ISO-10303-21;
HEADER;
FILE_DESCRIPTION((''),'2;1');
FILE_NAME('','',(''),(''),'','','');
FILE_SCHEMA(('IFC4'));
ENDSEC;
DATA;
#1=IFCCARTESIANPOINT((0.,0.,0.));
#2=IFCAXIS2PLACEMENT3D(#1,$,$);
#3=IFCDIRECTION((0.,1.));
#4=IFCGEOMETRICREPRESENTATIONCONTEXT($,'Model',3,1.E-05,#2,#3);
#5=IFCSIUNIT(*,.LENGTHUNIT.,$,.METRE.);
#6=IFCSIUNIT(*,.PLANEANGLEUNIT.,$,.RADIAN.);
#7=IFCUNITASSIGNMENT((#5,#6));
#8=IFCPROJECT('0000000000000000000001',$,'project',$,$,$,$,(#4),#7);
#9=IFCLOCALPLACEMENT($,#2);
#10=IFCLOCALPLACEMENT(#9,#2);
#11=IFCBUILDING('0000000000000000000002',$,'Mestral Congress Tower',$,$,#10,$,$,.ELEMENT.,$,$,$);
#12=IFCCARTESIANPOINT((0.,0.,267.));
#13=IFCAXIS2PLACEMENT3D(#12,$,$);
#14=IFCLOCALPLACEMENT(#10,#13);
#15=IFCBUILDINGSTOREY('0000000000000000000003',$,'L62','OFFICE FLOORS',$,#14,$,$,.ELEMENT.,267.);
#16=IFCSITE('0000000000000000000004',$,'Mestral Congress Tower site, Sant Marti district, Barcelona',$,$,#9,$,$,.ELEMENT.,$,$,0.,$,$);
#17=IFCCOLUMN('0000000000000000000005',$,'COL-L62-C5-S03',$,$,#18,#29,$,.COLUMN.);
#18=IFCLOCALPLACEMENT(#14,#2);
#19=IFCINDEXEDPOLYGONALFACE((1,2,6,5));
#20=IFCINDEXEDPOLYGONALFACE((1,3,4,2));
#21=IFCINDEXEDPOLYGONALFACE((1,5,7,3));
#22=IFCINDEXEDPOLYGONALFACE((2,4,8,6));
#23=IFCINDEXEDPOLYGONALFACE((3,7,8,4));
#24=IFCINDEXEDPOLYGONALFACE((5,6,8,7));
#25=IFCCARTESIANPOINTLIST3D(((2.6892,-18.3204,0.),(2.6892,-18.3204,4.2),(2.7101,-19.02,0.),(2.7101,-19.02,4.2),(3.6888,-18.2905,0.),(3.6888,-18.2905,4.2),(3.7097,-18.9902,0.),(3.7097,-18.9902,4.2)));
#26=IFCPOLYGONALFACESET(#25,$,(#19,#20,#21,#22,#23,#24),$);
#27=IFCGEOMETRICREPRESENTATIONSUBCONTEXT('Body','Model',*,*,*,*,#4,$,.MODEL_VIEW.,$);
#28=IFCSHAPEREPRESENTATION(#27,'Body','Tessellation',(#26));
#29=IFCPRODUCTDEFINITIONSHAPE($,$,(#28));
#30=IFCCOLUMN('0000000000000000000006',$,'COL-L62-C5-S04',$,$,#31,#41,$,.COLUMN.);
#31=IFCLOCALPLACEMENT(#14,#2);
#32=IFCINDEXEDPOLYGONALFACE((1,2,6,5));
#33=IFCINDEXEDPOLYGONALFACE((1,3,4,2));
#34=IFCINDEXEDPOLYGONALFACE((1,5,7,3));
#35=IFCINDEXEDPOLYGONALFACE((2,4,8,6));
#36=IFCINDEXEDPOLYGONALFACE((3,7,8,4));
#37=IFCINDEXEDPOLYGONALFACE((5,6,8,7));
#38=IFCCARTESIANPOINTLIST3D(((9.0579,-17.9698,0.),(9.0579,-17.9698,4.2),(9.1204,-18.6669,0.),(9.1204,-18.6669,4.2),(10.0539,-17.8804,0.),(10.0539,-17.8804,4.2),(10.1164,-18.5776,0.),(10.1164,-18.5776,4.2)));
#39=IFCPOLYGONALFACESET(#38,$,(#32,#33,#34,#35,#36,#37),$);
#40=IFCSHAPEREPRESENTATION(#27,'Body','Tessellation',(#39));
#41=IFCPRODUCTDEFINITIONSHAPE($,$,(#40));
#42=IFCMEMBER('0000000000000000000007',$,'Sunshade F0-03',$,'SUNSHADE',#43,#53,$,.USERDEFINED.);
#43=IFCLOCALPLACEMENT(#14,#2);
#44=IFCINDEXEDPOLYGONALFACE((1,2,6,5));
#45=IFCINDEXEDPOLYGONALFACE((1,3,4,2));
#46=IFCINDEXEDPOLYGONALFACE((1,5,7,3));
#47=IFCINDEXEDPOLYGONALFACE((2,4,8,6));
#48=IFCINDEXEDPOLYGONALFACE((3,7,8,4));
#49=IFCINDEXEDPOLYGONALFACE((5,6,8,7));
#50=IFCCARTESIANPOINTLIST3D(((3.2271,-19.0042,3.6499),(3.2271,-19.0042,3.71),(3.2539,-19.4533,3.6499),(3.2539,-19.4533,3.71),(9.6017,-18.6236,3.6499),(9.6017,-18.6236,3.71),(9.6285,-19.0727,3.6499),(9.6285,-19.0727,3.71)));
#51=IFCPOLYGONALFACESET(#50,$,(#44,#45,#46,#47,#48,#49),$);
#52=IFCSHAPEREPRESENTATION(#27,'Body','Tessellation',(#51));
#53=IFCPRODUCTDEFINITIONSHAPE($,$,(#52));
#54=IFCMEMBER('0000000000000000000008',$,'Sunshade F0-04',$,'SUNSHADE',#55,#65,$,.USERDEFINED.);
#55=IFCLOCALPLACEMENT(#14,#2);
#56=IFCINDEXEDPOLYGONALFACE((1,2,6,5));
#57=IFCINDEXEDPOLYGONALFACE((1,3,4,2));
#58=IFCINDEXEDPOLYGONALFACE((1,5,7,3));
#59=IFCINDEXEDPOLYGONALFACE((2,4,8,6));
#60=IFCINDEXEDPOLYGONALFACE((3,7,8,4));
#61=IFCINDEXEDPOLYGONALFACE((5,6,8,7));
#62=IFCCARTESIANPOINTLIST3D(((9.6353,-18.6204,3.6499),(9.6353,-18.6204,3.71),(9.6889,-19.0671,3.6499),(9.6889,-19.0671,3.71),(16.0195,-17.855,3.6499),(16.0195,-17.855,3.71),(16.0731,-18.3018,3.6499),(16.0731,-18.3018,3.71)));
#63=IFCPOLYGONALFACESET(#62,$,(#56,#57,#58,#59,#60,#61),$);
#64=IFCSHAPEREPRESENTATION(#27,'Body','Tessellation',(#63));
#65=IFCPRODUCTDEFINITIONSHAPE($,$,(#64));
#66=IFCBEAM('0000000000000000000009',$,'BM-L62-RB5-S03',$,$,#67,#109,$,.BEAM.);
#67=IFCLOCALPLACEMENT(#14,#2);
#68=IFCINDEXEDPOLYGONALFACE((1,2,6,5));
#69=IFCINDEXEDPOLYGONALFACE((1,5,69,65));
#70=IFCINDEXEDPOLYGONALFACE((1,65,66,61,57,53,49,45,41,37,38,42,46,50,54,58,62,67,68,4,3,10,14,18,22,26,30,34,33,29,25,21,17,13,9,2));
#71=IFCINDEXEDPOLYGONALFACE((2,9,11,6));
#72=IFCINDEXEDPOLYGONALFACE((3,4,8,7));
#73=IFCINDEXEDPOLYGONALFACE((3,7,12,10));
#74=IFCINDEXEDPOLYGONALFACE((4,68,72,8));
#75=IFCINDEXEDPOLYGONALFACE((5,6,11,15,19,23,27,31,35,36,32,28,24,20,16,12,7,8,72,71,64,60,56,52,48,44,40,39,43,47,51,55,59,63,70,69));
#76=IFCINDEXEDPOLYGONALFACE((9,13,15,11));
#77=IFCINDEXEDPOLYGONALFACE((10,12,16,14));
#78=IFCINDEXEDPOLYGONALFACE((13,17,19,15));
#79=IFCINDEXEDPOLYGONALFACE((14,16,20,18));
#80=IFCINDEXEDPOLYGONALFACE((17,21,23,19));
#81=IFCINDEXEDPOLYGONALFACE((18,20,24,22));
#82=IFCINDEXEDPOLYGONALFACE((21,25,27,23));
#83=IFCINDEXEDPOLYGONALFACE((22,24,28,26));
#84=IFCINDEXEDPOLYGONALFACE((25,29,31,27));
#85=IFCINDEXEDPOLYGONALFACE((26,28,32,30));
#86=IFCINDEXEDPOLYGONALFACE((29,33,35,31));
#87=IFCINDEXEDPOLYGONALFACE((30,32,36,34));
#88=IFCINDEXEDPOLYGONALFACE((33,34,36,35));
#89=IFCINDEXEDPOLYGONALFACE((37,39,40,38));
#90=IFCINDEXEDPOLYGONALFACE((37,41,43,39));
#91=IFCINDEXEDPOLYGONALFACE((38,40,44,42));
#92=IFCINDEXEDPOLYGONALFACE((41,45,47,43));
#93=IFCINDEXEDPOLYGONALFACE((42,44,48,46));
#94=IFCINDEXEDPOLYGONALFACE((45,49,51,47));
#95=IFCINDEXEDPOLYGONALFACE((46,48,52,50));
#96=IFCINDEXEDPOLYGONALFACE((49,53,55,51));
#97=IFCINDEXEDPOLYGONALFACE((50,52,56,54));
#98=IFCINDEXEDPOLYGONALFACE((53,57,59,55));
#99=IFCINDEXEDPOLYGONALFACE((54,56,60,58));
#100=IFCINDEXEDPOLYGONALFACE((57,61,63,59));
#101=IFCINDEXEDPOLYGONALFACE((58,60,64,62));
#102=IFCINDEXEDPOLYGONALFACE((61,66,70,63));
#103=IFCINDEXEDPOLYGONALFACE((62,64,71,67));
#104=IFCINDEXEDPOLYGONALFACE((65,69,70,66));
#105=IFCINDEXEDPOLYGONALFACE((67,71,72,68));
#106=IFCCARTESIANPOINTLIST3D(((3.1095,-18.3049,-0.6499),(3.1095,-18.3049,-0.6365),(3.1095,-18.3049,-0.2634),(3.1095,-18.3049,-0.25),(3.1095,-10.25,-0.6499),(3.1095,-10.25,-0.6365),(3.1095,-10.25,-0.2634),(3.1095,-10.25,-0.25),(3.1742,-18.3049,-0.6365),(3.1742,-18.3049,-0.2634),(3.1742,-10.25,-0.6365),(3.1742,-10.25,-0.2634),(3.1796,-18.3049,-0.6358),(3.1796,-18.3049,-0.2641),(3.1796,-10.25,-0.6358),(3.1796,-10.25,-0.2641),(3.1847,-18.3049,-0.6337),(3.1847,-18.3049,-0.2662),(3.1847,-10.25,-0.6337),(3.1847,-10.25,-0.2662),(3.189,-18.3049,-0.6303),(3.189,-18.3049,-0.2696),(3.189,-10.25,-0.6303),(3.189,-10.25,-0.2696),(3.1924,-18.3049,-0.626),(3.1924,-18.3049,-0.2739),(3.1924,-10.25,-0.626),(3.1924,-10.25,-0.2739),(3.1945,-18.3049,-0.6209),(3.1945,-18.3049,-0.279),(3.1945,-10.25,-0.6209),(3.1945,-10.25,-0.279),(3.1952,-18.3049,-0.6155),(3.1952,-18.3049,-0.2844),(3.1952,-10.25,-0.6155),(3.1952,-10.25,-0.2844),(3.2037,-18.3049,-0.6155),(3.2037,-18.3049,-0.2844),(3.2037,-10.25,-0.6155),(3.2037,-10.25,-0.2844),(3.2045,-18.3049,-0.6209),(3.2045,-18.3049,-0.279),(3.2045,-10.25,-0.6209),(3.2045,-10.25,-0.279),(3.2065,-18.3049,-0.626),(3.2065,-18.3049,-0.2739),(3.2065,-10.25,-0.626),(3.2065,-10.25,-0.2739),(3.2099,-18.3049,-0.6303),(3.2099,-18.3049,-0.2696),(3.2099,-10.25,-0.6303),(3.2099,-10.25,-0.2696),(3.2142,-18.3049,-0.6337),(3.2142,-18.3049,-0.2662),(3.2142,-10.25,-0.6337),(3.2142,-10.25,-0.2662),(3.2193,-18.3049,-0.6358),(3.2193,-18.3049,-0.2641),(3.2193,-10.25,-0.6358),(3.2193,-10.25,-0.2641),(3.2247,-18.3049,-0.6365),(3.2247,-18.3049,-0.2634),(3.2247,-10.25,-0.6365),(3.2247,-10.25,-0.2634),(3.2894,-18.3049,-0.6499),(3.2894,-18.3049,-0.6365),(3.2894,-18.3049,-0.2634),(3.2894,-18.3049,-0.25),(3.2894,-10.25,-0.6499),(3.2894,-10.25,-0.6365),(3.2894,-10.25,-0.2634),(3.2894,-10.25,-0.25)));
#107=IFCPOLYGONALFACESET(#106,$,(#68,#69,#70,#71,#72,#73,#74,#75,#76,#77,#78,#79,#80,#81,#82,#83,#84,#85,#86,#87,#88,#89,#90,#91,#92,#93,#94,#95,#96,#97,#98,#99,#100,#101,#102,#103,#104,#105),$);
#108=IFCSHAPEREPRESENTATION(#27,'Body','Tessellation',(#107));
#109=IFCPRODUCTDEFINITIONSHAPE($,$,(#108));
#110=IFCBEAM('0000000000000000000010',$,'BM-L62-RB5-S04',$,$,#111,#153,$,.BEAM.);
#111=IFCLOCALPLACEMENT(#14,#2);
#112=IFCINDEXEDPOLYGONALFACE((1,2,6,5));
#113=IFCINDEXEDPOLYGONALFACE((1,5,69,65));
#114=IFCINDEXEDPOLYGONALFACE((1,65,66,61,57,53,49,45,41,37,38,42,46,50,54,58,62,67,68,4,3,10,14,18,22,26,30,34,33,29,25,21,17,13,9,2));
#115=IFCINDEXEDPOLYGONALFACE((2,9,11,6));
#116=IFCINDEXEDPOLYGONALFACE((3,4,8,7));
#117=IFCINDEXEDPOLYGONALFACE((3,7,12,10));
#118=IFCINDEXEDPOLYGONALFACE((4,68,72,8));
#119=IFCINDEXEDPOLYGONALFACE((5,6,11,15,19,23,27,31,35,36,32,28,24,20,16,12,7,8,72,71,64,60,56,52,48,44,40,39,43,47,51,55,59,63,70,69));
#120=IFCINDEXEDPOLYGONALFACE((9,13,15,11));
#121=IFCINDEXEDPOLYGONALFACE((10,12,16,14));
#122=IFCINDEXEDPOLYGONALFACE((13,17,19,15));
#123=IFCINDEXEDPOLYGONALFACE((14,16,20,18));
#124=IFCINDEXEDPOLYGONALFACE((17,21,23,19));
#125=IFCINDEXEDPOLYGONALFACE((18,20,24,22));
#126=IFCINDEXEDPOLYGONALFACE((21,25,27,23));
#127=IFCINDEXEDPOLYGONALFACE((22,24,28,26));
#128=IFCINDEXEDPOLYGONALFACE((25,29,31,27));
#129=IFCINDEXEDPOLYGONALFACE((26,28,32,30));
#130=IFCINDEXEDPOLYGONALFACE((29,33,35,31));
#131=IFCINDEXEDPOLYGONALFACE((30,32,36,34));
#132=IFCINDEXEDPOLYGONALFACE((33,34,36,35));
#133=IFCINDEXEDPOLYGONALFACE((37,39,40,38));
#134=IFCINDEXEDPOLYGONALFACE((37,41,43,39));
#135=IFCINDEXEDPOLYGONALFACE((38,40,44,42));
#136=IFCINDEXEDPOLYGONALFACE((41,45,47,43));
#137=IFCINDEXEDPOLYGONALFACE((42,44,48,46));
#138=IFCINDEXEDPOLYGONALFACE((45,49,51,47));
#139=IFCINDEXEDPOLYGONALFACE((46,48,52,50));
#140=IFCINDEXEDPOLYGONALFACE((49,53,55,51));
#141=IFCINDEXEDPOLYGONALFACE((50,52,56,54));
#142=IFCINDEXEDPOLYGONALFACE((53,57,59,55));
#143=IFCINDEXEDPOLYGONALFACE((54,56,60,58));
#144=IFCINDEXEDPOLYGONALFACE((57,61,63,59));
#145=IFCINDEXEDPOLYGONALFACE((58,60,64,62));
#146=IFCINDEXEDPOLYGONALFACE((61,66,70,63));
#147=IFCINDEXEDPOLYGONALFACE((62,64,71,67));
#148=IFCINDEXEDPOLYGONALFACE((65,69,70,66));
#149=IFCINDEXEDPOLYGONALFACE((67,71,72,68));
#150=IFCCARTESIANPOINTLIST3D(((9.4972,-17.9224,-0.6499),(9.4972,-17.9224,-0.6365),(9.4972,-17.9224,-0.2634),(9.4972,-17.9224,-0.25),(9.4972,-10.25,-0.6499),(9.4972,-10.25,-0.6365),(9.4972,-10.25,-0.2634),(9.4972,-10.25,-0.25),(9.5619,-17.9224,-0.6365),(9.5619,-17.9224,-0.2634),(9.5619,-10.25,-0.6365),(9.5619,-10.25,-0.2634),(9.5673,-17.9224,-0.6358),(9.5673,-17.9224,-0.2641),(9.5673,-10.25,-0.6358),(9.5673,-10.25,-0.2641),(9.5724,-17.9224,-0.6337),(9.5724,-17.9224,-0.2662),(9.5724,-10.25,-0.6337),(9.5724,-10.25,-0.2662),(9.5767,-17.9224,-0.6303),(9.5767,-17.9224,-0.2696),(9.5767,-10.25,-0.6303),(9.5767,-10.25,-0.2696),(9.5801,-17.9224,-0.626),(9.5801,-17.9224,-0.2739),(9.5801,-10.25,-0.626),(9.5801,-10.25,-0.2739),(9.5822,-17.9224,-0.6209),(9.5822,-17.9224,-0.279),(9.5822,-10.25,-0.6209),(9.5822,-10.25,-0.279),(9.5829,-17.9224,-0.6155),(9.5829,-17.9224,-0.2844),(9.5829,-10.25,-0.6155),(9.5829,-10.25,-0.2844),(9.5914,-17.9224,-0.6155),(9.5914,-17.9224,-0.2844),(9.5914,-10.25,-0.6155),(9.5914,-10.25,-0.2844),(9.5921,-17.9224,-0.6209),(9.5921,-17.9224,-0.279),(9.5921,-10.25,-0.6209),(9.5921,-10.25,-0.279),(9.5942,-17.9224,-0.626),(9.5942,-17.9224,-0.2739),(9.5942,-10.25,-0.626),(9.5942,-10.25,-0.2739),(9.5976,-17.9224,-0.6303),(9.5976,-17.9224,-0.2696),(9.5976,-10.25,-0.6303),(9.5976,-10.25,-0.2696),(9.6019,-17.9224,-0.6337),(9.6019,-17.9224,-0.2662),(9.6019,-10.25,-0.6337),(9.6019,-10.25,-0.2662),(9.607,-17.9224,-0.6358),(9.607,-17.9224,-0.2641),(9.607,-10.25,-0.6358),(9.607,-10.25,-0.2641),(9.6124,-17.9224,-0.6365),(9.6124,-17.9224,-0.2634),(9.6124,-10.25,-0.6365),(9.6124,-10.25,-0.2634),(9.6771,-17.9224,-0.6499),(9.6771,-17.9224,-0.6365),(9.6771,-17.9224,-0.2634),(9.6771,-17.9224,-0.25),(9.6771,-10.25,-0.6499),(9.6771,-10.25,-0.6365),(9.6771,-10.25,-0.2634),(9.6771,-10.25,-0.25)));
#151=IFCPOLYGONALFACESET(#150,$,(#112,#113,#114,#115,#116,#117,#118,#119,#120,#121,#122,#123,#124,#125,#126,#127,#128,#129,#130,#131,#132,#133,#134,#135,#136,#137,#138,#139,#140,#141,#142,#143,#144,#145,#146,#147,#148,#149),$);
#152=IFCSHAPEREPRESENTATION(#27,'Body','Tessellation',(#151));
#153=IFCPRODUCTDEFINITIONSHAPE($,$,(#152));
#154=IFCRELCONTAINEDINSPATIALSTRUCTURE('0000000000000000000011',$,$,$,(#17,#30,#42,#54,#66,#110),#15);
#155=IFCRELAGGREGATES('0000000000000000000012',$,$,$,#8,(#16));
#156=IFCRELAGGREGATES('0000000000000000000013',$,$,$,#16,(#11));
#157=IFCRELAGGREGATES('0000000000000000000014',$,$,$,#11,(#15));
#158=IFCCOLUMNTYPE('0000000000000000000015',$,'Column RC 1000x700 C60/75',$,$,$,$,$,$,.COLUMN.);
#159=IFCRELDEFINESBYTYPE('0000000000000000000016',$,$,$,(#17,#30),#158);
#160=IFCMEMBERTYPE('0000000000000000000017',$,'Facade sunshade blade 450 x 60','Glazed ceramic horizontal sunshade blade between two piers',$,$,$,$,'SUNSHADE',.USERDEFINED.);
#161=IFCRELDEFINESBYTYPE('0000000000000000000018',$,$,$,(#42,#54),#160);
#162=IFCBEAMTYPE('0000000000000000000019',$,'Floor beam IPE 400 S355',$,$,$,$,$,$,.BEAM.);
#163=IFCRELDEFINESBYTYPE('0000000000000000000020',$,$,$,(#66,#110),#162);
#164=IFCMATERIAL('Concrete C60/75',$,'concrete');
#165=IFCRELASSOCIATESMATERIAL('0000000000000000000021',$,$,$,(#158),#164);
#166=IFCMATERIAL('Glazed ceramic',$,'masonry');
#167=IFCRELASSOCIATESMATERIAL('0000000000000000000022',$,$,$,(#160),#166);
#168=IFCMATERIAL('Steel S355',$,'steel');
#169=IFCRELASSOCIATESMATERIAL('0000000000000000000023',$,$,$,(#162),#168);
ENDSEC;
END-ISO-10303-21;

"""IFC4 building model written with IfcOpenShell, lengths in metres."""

from ifc_helpers import new_model, si_unit, direction, frame, origin, origin_2d, place, context, subcontext, project, spatial, rectangle, i_section, extrude, material, material_profile, profile_set, type_object, element, save


model = new_model("IFC4")

# Units and contexts
model_context = context("Model", 3, precision=1e-05, world=origin(), true_north=direction((0.0, 1.0)))
body_context = subcontext(model_context, "Body", "Model", "MODEL_VIEW")
ifc_project = project(units=[si_unit("LENGTHUNIT", "METRE"), si_unit("PLANEANGLEUNIT", "RADIAN")], contexts=[model_context])

# Site, building, storey
site_placement = place(None, origin())
site = spatial("IfcSite", under=ifc_project, at=site_placement, Name="Mestral Congress Tower site, Sant Marti district, Barcelona", CompositionType="ELEMENT", RefElevation=0.0)
building_placement = place(site_placement, origin())
building = spatial("IfcBuilding", under=site, at=building_placement, Name="Mestral Congress Tower", CompositionType="ELEMENT")
storey_placement = place(building_placement, frame((0.0, 0.0, 267.0)))
storey = spatial("IfcBuildingStorey", under=building, at=storey_placement, Name="L62", Description="OFFICE FLOORS", CompositionType="ELEMENT", Elevation=267.0)

# Columns
ifc_material_1 = material(Name="Concrete C60/75", Category="concrete")
ifc_material_profile_1 = material_profile(ifc_material_1, rectangle(XDim=1.0, YDim=0.7, at=origin_2d()), Name="RC 1000x700")
ifc_profile_set_1 = profile_set([ifc_material_profile_1], Name="Concrete C60/75")
column_type = type_object("IfcColumnType", Name="Column RC 1000x700 C60/75", PredefinedType="COLUMN", material=ifc_profile_set_1)
for number, where, z_axis, x_axis, name in (
    (1, (3.1995, -18.6553, 0.0), (0.0, 0.0, 1.0), (0.999555, 0.029828, 0.0), "COL-L62-C5-S03"),
    (2, (9.5872, -18.2737, 0.0), (0.0, 0.0, 1.0), (0.995998, 0.089378, 0.0), "COL-L62-C5-S04"),
):
    element("IfcColumn", number, at=place(storey_placement, frame(where, z_axis=z_axis, x_axis=x_axis)), inside=storey, type_object=column_type, Name=name, PredefinedType="COLUMN", context=body_context, shape_type="SweptSolid", body=[
        extrude(rectangle(XDim=1.0, YDim=0.7, at=origin_2d()), origin(), (0.0, 0.0, 1.0), 4.2),
    ])

# Members
ifc_material_2 = material(Name="Glazed ceramic", Category="masonry")
ifc_material_profile_2 = material_profile(ifc_material_2, rectangle(XDim=0.45, YDim=0.0601, at=origin_2d()), Name="Ceramic blade 450 x 60")
ifc_profile_set_2 = profile_set([ifc_material_profile_2], Name="Glazed ceramic")
member_type = type_object("IfcMemberType", Name="Facade sunshade blade 450 x 60", Description="Glazed ceramic horizontal sunshade blade between two piers", ElementType="SUNSHADE", PredefinedType="USERDEFINED", material=ifc_profile_set_2)
member_1_placement = place(storey_placement, frame((3.2405, -19.2288, 3.6799), z_axis=(0.998222, 0.059603, 0.0), x_axis=(-0.059603, 0.998222, 0.0)))
element("IfcMember", 3, at=member_1_placement, inside=storey, type_object=member_type, Name="Sunshade F0-03", ObjectType="SUNSHADE", PredefinedType="USERDEFINED", context=body_context, shape_type="SweptSolid", body=[
    extrude(rectangle(XDim=0.45, YDim=0.0601, at=origin_2d()), origin(), (0.0, 0.0, 1.0), 6.386),
])
member_2_placement = place(storey_placement, frame((9.6621, -18.8438, 3.6799), z_axis=(0.99289, 0.119033, 0.0), x_axis=(-0.119033, 0.99289, 0.0)))
element("IfcMember", 4, at=member_2_placement, inside=storey, type_object=member_type, Name="Sunshade F0-04", ObjectType="SUNSHADE", PredefinedType="USERDEFINED", context=body_context, shape_type="SweptSolid", body=[
    extrude(rectangle(XDim=0.45, YDim=0.0601, at=origin_2d()), origin(), (0.0, 0.0, 1.0), 6.4299),
])

# Beams
ifc_material_3 = material(Name="Steel S355", Category="steel")
ifc_material_profile_3 = material_profile(ifc_material_3, i_section(OverallWidth=0.1799, OverallDepth=0.3999, WebThickness=0.0085, FlangeThickness=0.0134, FilletRadius=0.021, at=origin_2d()), Name="IPE 400")
ifc_profile_set_3 = profile_set([ifc_material_profile_3], Name="Steel S355")
beam_type_1 = type_object("IfcBeamType", Name="Floor beam IPE 400 S355", PredefinedType="BEAM", material=ifc_profile_set_3)
beam_1_placement = place(storey_placement, frame((3.1995, -18.3049, -0.45), z_axis=(0.0, 1.0, 0.0), x_axis=(-1.0, 0.0, 0.0)))
element("IfcBeam", 5, at=beam_1_placement, inside=storey, type_object=beam_type_1, Name="BM-L62-RB5-S03", PredefinedType="BEAM", context=body_context, shape_type="SweptSolid", body=[
    extrude(i_section(OverallWidth=0.1799, OverallDepth=0.3999, WebThickness=0.0085, FlangeThickness=0.0134, FilletRadius=0.021, at=origin_2d()), origin(), (0.0, 0.0, 1.0), 8.0549),
])
beam_2_placement = place(storey_placement, frame((9.5872, -17.9224, -0.45), z_axis=(0.0, 1.0, 0.0), x_axis=(-1.0, 0.0, 0.0)))
element("IfcBeam", 6, at=beam_2_placement, inside=storey, type_object=beam_type_1, Name="BM-L62-RB5-S04", PredefinedType="BEAM", context=body_context, shape_type="SweptSolid", body=[
    extrude(i_section(OverallWidth=0.1799, OverallDepth=0.3999, WebThickness=0.0085, FlangeThickness=0.0134, FilletRadius=0.021, at=origin_2d()), origin(), (0.0, 0.0, 1.0), 7.6724),
])

save(model, "model.ifc")
